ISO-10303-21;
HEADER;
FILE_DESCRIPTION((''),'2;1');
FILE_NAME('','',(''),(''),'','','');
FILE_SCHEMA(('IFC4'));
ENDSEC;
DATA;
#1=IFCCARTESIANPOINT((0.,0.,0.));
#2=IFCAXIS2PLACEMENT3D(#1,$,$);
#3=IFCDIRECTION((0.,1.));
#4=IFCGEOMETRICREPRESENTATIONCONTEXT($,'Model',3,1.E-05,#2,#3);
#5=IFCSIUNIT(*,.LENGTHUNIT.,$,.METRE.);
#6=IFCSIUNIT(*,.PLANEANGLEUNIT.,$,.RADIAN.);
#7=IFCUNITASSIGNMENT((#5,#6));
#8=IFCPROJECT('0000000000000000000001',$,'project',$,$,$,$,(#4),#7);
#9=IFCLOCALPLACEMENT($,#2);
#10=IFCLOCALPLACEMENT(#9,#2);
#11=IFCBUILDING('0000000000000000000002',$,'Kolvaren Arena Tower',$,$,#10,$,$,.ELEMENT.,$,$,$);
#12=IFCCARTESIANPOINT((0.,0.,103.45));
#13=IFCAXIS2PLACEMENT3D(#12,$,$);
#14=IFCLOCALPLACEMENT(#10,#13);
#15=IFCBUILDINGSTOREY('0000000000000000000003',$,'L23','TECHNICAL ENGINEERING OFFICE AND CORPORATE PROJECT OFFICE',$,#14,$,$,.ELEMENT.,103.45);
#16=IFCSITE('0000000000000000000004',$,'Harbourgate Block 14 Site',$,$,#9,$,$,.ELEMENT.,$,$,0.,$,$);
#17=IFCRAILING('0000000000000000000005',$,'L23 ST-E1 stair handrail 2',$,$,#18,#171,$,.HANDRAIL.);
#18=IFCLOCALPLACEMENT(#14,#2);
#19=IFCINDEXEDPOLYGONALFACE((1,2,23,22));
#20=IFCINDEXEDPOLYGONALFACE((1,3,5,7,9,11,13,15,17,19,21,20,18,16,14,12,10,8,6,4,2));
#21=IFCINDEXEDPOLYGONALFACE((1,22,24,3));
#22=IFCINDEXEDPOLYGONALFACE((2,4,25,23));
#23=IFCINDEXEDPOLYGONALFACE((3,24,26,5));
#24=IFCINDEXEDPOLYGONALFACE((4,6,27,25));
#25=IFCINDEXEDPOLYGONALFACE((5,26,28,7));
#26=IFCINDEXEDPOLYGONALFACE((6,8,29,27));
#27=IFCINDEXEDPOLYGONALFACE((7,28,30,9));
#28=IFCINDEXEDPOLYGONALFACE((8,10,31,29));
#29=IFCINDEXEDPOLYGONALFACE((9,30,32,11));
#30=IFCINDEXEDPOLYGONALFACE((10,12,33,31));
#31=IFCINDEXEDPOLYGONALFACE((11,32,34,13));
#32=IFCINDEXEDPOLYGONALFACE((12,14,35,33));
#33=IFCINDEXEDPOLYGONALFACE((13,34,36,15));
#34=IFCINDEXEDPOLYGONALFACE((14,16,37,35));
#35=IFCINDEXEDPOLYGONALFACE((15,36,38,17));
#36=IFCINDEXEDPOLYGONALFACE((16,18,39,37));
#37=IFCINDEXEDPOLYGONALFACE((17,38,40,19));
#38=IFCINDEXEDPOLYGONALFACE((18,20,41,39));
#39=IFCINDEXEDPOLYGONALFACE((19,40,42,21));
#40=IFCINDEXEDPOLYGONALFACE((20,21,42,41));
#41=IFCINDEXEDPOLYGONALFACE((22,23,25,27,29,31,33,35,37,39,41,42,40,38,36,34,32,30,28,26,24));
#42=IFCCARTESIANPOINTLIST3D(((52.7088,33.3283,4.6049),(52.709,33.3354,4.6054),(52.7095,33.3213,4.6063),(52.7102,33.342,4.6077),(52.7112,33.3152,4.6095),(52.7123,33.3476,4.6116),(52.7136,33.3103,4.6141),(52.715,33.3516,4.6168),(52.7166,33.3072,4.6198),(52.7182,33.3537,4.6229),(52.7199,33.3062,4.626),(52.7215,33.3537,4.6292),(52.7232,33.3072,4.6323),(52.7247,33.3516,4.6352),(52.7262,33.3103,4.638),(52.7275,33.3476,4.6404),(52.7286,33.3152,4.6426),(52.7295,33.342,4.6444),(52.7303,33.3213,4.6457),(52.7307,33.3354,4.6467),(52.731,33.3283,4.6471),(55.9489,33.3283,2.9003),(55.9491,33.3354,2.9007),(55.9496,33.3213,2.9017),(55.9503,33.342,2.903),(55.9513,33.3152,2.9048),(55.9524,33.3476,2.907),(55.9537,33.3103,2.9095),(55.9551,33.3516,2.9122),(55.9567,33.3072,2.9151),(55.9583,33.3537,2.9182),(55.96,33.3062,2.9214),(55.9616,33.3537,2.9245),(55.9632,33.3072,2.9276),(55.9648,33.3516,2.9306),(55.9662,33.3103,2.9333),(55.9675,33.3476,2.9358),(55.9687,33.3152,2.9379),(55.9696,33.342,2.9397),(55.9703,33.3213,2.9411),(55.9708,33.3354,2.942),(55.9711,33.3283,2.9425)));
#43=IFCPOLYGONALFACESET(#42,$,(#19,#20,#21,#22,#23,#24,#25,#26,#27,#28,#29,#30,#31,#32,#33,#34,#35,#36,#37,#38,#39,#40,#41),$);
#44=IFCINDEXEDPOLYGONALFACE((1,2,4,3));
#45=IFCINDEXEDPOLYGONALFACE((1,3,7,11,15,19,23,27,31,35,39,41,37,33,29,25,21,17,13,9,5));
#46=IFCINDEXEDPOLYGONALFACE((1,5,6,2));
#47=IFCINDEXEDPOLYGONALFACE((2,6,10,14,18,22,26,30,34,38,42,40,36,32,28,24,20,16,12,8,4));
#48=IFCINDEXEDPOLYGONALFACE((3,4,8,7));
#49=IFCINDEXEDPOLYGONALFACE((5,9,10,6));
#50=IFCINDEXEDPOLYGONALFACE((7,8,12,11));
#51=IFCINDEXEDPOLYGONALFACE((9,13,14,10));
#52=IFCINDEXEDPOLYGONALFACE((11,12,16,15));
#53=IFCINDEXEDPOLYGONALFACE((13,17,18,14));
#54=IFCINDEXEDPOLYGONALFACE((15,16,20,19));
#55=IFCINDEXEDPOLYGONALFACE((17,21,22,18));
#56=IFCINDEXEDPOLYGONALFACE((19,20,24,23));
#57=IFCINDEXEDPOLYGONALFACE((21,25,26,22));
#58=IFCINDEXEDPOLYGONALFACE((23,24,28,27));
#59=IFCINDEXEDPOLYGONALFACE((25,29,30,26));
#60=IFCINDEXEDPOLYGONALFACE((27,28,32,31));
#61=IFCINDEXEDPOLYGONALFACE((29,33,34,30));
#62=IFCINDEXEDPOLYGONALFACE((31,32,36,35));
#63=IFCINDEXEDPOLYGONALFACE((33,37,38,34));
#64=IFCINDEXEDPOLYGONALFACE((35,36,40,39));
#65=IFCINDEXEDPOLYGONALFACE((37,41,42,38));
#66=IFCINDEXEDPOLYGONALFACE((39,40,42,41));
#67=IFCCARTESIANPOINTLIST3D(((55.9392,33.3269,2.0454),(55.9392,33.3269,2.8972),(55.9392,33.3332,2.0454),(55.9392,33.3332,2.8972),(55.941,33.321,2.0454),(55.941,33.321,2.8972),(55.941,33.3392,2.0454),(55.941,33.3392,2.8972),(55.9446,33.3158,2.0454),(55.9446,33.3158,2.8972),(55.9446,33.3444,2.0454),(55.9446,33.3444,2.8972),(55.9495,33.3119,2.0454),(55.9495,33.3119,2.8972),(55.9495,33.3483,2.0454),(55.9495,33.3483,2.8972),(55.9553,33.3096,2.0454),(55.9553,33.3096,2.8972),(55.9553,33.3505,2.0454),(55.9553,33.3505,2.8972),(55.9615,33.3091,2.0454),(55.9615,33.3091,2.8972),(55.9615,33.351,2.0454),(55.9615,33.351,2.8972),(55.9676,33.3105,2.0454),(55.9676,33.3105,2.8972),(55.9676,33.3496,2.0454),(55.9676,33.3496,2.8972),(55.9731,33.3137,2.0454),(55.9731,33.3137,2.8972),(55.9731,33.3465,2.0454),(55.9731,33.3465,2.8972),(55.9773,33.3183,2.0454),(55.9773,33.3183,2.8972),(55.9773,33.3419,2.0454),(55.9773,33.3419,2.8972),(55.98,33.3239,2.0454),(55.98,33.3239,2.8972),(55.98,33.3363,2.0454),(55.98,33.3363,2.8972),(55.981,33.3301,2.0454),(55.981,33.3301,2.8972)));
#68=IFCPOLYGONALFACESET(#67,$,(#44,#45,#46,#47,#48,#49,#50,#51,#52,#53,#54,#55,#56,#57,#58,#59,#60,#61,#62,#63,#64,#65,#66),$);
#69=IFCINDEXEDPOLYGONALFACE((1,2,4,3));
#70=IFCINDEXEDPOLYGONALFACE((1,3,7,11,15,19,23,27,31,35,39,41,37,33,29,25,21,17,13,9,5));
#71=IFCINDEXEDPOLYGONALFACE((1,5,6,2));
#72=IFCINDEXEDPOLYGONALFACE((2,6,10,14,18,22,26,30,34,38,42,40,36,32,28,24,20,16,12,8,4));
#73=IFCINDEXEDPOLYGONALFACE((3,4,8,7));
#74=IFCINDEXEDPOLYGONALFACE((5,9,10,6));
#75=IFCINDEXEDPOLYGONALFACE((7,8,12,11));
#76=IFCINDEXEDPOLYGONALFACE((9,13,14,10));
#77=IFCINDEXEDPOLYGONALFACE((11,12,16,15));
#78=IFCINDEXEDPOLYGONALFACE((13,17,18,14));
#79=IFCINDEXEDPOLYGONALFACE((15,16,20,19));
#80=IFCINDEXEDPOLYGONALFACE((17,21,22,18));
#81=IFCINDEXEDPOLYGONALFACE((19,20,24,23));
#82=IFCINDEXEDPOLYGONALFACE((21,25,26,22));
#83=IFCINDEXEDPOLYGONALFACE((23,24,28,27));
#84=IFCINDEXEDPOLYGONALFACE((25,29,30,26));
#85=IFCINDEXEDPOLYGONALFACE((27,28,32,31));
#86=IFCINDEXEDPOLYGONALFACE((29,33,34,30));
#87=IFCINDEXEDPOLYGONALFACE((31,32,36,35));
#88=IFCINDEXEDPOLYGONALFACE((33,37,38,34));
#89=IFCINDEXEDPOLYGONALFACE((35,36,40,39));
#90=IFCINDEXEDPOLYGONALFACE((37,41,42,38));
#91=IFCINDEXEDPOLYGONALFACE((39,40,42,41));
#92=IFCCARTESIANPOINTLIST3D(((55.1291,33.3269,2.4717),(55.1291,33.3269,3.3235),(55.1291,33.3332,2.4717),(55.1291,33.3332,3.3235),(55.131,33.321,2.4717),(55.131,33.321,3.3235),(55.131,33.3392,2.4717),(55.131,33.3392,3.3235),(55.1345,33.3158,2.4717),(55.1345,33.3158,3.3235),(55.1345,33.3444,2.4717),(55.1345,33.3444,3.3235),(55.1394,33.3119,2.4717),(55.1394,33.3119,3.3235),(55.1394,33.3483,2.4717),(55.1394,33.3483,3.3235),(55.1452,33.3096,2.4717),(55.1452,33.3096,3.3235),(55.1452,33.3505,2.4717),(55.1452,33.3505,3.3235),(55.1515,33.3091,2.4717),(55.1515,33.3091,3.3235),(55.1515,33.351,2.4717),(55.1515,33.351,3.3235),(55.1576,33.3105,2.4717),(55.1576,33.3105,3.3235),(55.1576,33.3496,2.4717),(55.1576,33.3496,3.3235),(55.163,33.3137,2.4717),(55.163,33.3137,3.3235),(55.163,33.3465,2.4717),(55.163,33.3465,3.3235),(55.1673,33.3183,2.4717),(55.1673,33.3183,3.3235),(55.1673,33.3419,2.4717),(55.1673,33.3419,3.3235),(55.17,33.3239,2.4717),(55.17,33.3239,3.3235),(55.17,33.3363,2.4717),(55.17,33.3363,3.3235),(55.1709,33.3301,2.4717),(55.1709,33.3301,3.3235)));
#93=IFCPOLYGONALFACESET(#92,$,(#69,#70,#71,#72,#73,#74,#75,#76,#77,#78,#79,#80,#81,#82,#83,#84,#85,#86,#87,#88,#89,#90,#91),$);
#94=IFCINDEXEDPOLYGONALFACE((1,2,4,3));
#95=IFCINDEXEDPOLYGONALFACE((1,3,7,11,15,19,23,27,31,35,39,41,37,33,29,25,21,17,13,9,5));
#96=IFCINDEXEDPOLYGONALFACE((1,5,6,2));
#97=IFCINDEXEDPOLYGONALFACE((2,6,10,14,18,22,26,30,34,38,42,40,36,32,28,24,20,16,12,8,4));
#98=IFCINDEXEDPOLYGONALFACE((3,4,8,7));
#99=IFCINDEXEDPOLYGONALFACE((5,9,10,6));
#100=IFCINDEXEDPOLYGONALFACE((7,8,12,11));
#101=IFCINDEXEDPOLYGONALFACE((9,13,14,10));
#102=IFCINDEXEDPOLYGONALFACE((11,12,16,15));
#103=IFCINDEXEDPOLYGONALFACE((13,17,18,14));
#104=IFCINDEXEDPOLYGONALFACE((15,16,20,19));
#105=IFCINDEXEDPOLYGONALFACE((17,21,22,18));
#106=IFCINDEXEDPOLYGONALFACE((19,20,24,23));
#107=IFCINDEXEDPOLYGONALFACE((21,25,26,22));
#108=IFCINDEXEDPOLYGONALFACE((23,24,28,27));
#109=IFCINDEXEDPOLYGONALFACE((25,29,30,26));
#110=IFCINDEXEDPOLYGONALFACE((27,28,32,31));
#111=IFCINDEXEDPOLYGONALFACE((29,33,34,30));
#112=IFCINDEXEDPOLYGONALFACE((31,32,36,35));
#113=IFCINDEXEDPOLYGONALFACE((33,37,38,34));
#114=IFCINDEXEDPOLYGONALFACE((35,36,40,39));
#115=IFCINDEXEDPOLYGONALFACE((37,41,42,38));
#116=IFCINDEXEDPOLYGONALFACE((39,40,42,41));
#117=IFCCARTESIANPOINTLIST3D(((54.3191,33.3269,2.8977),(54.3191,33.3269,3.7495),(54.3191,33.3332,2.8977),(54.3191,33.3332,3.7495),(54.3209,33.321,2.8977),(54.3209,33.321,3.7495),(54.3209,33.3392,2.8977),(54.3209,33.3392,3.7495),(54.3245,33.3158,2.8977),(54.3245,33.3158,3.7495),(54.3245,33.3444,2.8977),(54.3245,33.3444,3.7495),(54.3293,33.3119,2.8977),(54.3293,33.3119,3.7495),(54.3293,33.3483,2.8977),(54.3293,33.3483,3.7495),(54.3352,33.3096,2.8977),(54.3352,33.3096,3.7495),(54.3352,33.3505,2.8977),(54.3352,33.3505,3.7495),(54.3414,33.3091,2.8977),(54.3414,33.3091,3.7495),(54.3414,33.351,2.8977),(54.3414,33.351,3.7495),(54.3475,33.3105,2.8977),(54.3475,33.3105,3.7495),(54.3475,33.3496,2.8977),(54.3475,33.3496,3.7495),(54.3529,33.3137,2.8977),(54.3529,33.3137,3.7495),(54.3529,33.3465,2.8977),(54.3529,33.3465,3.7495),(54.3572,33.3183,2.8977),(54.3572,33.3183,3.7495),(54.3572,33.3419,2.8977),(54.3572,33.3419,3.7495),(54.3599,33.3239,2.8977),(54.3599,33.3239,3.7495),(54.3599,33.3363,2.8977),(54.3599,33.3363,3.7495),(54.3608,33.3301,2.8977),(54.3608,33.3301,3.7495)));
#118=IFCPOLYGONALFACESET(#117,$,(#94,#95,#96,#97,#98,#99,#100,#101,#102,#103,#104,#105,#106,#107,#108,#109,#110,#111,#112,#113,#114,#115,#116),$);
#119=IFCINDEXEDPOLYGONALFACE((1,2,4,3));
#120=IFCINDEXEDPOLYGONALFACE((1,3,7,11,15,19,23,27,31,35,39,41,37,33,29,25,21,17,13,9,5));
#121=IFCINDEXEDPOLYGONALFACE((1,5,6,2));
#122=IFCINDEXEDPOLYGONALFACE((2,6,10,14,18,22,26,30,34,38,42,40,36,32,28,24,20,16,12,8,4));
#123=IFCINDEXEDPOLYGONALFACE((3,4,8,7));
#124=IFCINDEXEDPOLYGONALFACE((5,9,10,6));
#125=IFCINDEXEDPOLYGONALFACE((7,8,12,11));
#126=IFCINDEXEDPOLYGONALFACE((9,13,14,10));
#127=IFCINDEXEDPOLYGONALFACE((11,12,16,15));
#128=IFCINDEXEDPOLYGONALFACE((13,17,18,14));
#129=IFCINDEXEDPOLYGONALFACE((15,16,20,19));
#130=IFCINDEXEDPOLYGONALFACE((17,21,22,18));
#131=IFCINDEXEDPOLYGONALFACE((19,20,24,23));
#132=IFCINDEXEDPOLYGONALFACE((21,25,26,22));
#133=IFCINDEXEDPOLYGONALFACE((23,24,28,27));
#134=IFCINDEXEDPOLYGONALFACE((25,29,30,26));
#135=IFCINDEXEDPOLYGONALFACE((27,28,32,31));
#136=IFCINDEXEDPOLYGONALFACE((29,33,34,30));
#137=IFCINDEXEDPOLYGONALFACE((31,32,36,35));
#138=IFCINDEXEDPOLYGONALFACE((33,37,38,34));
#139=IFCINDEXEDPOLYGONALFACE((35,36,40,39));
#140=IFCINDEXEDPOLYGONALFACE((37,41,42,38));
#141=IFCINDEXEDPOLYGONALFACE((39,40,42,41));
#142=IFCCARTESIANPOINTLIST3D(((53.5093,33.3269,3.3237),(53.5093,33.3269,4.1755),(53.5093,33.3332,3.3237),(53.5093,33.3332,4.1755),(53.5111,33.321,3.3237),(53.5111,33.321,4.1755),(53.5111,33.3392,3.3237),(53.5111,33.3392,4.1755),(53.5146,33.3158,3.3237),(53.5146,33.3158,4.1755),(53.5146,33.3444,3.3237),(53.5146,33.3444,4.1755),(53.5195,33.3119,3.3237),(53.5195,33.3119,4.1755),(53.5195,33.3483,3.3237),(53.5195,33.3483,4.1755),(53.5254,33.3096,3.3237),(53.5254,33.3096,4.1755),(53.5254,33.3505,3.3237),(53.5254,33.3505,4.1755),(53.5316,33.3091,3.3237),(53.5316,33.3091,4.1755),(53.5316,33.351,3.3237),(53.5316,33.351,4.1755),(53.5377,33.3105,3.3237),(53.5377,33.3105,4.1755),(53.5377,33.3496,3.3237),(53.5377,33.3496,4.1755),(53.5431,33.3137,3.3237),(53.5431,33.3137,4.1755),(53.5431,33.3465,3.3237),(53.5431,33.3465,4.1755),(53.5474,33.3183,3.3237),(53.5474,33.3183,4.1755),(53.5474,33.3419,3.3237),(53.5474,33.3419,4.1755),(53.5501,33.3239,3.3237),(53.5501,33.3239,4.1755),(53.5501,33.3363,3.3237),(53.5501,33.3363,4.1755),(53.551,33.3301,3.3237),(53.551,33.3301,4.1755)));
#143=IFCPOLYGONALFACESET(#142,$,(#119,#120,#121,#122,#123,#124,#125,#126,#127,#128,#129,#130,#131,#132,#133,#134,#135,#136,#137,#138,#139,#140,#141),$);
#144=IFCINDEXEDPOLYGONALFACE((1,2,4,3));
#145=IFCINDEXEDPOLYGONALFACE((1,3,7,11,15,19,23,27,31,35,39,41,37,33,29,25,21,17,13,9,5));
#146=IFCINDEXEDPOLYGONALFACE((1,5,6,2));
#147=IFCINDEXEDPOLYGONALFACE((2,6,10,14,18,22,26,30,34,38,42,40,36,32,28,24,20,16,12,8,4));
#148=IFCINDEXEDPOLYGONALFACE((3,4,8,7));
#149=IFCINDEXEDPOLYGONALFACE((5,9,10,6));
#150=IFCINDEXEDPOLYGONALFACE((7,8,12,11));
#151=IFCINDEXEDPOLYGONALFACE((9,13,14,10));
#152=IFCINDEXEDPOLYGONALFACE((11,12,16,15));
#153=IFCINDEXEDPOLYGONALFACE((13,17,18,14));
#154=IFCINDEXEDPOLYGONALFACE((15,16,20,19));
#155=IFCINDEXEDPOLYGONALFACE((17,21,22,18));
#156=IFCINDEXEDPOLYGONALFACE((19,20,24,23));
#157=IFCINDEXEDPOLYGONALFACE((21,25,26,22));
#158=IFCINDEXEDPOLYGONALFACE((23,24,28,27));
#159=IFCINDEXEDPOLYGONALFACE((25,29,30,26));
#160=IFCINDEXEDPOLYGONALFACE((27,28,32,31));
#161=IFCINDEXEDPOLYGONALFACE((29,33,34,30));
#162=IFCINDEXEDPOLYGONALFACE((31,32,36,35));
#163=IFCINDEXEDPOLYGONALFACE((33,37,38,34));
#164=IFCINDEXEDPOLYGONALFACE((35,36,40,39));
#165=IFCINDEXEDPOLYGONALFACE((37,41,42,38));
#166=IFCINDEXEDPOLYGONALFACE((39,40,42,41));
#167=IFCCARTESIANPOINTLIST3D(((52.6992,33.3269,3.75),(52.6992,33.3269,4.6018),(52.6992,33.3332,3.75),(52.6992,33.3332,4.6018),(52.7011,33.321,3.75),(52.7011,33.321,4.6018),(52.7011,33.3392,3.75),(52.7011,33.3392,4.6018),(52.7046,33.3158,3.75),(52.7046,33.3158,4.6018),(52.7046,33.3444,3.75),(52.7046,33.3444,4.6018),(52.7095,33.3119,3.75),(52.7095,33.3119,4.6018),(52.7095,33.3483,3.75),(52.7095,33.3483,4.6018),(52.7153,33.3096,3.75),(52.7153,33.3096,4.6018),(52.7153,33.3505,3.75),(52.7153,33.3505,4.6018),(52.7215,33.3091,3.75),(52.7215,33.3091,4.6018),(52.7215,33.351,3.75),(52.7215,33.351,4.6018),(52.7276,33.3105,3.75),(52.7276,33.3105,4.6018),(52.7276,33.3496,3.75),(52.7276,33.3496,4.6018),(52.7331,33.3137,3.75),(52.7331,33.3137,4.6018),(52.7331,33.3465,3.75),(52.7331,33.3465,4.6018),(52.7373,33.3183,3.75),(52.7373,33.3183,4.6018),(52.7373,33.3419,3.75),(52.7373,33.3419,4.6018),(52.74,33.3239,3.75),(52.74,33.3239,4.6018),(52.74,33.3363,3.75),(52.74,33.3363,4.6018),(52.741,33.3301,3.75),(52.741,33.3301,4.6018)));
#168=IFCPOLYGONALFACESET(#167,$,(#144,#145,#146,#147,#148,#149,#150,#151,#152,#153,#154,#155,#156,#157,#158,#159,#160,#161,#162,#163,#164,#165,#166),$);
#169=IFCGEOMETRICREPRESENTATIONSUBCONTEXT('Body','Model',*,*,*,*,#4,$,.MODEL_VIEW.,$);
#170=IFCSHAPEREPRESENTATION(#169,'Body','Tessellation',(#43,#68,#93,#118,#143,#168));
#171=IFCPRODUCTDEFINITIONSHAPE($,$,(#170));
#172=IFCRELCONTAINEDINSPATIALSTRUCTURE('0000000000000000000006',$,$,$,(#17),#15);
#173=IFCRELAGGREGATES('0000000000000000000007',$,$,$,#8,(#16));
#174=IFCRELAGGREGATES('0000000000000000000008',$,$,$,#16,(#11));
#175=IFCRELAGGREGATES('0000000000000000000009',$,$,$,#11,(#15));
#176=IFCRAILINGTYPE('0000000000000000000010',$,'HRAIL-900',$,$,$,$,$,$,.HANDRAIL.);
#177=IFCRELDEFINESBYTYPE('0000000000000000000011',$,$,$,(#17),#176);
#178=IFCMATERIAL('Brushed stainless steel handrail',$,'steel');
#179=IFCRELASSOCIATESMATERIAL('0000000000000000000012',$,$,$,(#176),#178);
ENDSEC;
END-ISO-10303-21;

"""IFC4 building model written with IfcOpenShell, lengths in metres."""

from ifc_helpers import new_model, si_unit, direction, frame, origin, origin_2d, place, context, subcontext, project, spatial, circle, extrude, material, type_object, element, save


model = new_model("IFC4")

# Units and contexts
model_context = context("Model", 3, precision=1e-05, world=origin(), true_north=direction((0.0, 1.0)))
body_context = subcontext(model_context, "Body", "Model", "MODEL_VIEW")
ifc_project = project(units=[si_unit("LENGTHUNIT", "METRE"), si_unit("PLANEANGLEUNIT", "RADIAN")], contexts=[model_context])

# Site, building, storey
site_placement = place(None, origin())
site = spatial("IfcSite", under=ifc_project, at=site_placement, Name="Harbourgate Block 14 Site", CompositionType="ELEMENT", RefElevation=0.0)
building_placement = place(site_placement, origin())
building = spatial("IfcBuilding", under=site, at=building_placement, Name="Kolvaren Arena Tower", CompositionType="ELEMENT")
storey_placement = place(building_placement, frame((0.0, 0.0, 103.45)))
storey = spatial("IfcBuildingStorey", under=building, at=storey_placement, Name="L23", Description="TECHNICAL ENGINEERING OFFICE AND CORPORATE PROJECT OFFICE", CompositionType="ELEMENT", Elevation=103.45)

# Railing
ifc_material_1 = material(Name="Brushed stainless steel handrail", Category="steel")
railing_type_1 = type_object("IfcRailingType", Name="HRAIL-900", PredefinedType="HANDRAIL", material=ifc_material_1)
for number, where, name in (
    (1, (55.96, 33.3301, 2.0454), "L23 ST-E1 stair handrail 2"),
):
    element("IfcRailing", number, at=place(storey_placement, frame(where)), inside=storey, type_object=railing_type_1, Name=name, PredefinedType="HANDRAIL", context=body_context, shape_type="SweptSolid", body=[
        extrude(circle(Radius=0.0239, at=origin_2d()), frame((0.0, 0.0, 0.876), z_axis=(-0.884993, 0.0, 0.465604), x_axis=(0.0, -1.0, 0.0)), (0.0, 0.0, 1.0), 3.6611),
        extrude(circle(Radius=0.021, at=origin_2d()), origin(), (0.0, 0.0, 1.0), 0.8518),
        extrude(circle(Radius=0.021, at=origin_2d()), frame((-0.8101, 0.0, 0.4263)), (0.0, 0.0, 1.0), 0.8518),
        extrude(circle(Radius=0.021, at=origin_2d()), frame((-1.6201, 0.0, 0.8523)), (0.0, 0.0, 1.0), 0.8518),
        extrude(circle(Radius=0.021, at=origin_2d()), frame((-2.4299, 0.0, 1.2783)), (0.0, 0.0, 1.0), 0.8518),
        extrude(circle(Radius=0.021, at=origin_2d()), frame((-3.24, 0.0, 1.7046)), (0.0, 0.0, 1.0), 0.8518),
    ])

save(model, "model.ifc")
